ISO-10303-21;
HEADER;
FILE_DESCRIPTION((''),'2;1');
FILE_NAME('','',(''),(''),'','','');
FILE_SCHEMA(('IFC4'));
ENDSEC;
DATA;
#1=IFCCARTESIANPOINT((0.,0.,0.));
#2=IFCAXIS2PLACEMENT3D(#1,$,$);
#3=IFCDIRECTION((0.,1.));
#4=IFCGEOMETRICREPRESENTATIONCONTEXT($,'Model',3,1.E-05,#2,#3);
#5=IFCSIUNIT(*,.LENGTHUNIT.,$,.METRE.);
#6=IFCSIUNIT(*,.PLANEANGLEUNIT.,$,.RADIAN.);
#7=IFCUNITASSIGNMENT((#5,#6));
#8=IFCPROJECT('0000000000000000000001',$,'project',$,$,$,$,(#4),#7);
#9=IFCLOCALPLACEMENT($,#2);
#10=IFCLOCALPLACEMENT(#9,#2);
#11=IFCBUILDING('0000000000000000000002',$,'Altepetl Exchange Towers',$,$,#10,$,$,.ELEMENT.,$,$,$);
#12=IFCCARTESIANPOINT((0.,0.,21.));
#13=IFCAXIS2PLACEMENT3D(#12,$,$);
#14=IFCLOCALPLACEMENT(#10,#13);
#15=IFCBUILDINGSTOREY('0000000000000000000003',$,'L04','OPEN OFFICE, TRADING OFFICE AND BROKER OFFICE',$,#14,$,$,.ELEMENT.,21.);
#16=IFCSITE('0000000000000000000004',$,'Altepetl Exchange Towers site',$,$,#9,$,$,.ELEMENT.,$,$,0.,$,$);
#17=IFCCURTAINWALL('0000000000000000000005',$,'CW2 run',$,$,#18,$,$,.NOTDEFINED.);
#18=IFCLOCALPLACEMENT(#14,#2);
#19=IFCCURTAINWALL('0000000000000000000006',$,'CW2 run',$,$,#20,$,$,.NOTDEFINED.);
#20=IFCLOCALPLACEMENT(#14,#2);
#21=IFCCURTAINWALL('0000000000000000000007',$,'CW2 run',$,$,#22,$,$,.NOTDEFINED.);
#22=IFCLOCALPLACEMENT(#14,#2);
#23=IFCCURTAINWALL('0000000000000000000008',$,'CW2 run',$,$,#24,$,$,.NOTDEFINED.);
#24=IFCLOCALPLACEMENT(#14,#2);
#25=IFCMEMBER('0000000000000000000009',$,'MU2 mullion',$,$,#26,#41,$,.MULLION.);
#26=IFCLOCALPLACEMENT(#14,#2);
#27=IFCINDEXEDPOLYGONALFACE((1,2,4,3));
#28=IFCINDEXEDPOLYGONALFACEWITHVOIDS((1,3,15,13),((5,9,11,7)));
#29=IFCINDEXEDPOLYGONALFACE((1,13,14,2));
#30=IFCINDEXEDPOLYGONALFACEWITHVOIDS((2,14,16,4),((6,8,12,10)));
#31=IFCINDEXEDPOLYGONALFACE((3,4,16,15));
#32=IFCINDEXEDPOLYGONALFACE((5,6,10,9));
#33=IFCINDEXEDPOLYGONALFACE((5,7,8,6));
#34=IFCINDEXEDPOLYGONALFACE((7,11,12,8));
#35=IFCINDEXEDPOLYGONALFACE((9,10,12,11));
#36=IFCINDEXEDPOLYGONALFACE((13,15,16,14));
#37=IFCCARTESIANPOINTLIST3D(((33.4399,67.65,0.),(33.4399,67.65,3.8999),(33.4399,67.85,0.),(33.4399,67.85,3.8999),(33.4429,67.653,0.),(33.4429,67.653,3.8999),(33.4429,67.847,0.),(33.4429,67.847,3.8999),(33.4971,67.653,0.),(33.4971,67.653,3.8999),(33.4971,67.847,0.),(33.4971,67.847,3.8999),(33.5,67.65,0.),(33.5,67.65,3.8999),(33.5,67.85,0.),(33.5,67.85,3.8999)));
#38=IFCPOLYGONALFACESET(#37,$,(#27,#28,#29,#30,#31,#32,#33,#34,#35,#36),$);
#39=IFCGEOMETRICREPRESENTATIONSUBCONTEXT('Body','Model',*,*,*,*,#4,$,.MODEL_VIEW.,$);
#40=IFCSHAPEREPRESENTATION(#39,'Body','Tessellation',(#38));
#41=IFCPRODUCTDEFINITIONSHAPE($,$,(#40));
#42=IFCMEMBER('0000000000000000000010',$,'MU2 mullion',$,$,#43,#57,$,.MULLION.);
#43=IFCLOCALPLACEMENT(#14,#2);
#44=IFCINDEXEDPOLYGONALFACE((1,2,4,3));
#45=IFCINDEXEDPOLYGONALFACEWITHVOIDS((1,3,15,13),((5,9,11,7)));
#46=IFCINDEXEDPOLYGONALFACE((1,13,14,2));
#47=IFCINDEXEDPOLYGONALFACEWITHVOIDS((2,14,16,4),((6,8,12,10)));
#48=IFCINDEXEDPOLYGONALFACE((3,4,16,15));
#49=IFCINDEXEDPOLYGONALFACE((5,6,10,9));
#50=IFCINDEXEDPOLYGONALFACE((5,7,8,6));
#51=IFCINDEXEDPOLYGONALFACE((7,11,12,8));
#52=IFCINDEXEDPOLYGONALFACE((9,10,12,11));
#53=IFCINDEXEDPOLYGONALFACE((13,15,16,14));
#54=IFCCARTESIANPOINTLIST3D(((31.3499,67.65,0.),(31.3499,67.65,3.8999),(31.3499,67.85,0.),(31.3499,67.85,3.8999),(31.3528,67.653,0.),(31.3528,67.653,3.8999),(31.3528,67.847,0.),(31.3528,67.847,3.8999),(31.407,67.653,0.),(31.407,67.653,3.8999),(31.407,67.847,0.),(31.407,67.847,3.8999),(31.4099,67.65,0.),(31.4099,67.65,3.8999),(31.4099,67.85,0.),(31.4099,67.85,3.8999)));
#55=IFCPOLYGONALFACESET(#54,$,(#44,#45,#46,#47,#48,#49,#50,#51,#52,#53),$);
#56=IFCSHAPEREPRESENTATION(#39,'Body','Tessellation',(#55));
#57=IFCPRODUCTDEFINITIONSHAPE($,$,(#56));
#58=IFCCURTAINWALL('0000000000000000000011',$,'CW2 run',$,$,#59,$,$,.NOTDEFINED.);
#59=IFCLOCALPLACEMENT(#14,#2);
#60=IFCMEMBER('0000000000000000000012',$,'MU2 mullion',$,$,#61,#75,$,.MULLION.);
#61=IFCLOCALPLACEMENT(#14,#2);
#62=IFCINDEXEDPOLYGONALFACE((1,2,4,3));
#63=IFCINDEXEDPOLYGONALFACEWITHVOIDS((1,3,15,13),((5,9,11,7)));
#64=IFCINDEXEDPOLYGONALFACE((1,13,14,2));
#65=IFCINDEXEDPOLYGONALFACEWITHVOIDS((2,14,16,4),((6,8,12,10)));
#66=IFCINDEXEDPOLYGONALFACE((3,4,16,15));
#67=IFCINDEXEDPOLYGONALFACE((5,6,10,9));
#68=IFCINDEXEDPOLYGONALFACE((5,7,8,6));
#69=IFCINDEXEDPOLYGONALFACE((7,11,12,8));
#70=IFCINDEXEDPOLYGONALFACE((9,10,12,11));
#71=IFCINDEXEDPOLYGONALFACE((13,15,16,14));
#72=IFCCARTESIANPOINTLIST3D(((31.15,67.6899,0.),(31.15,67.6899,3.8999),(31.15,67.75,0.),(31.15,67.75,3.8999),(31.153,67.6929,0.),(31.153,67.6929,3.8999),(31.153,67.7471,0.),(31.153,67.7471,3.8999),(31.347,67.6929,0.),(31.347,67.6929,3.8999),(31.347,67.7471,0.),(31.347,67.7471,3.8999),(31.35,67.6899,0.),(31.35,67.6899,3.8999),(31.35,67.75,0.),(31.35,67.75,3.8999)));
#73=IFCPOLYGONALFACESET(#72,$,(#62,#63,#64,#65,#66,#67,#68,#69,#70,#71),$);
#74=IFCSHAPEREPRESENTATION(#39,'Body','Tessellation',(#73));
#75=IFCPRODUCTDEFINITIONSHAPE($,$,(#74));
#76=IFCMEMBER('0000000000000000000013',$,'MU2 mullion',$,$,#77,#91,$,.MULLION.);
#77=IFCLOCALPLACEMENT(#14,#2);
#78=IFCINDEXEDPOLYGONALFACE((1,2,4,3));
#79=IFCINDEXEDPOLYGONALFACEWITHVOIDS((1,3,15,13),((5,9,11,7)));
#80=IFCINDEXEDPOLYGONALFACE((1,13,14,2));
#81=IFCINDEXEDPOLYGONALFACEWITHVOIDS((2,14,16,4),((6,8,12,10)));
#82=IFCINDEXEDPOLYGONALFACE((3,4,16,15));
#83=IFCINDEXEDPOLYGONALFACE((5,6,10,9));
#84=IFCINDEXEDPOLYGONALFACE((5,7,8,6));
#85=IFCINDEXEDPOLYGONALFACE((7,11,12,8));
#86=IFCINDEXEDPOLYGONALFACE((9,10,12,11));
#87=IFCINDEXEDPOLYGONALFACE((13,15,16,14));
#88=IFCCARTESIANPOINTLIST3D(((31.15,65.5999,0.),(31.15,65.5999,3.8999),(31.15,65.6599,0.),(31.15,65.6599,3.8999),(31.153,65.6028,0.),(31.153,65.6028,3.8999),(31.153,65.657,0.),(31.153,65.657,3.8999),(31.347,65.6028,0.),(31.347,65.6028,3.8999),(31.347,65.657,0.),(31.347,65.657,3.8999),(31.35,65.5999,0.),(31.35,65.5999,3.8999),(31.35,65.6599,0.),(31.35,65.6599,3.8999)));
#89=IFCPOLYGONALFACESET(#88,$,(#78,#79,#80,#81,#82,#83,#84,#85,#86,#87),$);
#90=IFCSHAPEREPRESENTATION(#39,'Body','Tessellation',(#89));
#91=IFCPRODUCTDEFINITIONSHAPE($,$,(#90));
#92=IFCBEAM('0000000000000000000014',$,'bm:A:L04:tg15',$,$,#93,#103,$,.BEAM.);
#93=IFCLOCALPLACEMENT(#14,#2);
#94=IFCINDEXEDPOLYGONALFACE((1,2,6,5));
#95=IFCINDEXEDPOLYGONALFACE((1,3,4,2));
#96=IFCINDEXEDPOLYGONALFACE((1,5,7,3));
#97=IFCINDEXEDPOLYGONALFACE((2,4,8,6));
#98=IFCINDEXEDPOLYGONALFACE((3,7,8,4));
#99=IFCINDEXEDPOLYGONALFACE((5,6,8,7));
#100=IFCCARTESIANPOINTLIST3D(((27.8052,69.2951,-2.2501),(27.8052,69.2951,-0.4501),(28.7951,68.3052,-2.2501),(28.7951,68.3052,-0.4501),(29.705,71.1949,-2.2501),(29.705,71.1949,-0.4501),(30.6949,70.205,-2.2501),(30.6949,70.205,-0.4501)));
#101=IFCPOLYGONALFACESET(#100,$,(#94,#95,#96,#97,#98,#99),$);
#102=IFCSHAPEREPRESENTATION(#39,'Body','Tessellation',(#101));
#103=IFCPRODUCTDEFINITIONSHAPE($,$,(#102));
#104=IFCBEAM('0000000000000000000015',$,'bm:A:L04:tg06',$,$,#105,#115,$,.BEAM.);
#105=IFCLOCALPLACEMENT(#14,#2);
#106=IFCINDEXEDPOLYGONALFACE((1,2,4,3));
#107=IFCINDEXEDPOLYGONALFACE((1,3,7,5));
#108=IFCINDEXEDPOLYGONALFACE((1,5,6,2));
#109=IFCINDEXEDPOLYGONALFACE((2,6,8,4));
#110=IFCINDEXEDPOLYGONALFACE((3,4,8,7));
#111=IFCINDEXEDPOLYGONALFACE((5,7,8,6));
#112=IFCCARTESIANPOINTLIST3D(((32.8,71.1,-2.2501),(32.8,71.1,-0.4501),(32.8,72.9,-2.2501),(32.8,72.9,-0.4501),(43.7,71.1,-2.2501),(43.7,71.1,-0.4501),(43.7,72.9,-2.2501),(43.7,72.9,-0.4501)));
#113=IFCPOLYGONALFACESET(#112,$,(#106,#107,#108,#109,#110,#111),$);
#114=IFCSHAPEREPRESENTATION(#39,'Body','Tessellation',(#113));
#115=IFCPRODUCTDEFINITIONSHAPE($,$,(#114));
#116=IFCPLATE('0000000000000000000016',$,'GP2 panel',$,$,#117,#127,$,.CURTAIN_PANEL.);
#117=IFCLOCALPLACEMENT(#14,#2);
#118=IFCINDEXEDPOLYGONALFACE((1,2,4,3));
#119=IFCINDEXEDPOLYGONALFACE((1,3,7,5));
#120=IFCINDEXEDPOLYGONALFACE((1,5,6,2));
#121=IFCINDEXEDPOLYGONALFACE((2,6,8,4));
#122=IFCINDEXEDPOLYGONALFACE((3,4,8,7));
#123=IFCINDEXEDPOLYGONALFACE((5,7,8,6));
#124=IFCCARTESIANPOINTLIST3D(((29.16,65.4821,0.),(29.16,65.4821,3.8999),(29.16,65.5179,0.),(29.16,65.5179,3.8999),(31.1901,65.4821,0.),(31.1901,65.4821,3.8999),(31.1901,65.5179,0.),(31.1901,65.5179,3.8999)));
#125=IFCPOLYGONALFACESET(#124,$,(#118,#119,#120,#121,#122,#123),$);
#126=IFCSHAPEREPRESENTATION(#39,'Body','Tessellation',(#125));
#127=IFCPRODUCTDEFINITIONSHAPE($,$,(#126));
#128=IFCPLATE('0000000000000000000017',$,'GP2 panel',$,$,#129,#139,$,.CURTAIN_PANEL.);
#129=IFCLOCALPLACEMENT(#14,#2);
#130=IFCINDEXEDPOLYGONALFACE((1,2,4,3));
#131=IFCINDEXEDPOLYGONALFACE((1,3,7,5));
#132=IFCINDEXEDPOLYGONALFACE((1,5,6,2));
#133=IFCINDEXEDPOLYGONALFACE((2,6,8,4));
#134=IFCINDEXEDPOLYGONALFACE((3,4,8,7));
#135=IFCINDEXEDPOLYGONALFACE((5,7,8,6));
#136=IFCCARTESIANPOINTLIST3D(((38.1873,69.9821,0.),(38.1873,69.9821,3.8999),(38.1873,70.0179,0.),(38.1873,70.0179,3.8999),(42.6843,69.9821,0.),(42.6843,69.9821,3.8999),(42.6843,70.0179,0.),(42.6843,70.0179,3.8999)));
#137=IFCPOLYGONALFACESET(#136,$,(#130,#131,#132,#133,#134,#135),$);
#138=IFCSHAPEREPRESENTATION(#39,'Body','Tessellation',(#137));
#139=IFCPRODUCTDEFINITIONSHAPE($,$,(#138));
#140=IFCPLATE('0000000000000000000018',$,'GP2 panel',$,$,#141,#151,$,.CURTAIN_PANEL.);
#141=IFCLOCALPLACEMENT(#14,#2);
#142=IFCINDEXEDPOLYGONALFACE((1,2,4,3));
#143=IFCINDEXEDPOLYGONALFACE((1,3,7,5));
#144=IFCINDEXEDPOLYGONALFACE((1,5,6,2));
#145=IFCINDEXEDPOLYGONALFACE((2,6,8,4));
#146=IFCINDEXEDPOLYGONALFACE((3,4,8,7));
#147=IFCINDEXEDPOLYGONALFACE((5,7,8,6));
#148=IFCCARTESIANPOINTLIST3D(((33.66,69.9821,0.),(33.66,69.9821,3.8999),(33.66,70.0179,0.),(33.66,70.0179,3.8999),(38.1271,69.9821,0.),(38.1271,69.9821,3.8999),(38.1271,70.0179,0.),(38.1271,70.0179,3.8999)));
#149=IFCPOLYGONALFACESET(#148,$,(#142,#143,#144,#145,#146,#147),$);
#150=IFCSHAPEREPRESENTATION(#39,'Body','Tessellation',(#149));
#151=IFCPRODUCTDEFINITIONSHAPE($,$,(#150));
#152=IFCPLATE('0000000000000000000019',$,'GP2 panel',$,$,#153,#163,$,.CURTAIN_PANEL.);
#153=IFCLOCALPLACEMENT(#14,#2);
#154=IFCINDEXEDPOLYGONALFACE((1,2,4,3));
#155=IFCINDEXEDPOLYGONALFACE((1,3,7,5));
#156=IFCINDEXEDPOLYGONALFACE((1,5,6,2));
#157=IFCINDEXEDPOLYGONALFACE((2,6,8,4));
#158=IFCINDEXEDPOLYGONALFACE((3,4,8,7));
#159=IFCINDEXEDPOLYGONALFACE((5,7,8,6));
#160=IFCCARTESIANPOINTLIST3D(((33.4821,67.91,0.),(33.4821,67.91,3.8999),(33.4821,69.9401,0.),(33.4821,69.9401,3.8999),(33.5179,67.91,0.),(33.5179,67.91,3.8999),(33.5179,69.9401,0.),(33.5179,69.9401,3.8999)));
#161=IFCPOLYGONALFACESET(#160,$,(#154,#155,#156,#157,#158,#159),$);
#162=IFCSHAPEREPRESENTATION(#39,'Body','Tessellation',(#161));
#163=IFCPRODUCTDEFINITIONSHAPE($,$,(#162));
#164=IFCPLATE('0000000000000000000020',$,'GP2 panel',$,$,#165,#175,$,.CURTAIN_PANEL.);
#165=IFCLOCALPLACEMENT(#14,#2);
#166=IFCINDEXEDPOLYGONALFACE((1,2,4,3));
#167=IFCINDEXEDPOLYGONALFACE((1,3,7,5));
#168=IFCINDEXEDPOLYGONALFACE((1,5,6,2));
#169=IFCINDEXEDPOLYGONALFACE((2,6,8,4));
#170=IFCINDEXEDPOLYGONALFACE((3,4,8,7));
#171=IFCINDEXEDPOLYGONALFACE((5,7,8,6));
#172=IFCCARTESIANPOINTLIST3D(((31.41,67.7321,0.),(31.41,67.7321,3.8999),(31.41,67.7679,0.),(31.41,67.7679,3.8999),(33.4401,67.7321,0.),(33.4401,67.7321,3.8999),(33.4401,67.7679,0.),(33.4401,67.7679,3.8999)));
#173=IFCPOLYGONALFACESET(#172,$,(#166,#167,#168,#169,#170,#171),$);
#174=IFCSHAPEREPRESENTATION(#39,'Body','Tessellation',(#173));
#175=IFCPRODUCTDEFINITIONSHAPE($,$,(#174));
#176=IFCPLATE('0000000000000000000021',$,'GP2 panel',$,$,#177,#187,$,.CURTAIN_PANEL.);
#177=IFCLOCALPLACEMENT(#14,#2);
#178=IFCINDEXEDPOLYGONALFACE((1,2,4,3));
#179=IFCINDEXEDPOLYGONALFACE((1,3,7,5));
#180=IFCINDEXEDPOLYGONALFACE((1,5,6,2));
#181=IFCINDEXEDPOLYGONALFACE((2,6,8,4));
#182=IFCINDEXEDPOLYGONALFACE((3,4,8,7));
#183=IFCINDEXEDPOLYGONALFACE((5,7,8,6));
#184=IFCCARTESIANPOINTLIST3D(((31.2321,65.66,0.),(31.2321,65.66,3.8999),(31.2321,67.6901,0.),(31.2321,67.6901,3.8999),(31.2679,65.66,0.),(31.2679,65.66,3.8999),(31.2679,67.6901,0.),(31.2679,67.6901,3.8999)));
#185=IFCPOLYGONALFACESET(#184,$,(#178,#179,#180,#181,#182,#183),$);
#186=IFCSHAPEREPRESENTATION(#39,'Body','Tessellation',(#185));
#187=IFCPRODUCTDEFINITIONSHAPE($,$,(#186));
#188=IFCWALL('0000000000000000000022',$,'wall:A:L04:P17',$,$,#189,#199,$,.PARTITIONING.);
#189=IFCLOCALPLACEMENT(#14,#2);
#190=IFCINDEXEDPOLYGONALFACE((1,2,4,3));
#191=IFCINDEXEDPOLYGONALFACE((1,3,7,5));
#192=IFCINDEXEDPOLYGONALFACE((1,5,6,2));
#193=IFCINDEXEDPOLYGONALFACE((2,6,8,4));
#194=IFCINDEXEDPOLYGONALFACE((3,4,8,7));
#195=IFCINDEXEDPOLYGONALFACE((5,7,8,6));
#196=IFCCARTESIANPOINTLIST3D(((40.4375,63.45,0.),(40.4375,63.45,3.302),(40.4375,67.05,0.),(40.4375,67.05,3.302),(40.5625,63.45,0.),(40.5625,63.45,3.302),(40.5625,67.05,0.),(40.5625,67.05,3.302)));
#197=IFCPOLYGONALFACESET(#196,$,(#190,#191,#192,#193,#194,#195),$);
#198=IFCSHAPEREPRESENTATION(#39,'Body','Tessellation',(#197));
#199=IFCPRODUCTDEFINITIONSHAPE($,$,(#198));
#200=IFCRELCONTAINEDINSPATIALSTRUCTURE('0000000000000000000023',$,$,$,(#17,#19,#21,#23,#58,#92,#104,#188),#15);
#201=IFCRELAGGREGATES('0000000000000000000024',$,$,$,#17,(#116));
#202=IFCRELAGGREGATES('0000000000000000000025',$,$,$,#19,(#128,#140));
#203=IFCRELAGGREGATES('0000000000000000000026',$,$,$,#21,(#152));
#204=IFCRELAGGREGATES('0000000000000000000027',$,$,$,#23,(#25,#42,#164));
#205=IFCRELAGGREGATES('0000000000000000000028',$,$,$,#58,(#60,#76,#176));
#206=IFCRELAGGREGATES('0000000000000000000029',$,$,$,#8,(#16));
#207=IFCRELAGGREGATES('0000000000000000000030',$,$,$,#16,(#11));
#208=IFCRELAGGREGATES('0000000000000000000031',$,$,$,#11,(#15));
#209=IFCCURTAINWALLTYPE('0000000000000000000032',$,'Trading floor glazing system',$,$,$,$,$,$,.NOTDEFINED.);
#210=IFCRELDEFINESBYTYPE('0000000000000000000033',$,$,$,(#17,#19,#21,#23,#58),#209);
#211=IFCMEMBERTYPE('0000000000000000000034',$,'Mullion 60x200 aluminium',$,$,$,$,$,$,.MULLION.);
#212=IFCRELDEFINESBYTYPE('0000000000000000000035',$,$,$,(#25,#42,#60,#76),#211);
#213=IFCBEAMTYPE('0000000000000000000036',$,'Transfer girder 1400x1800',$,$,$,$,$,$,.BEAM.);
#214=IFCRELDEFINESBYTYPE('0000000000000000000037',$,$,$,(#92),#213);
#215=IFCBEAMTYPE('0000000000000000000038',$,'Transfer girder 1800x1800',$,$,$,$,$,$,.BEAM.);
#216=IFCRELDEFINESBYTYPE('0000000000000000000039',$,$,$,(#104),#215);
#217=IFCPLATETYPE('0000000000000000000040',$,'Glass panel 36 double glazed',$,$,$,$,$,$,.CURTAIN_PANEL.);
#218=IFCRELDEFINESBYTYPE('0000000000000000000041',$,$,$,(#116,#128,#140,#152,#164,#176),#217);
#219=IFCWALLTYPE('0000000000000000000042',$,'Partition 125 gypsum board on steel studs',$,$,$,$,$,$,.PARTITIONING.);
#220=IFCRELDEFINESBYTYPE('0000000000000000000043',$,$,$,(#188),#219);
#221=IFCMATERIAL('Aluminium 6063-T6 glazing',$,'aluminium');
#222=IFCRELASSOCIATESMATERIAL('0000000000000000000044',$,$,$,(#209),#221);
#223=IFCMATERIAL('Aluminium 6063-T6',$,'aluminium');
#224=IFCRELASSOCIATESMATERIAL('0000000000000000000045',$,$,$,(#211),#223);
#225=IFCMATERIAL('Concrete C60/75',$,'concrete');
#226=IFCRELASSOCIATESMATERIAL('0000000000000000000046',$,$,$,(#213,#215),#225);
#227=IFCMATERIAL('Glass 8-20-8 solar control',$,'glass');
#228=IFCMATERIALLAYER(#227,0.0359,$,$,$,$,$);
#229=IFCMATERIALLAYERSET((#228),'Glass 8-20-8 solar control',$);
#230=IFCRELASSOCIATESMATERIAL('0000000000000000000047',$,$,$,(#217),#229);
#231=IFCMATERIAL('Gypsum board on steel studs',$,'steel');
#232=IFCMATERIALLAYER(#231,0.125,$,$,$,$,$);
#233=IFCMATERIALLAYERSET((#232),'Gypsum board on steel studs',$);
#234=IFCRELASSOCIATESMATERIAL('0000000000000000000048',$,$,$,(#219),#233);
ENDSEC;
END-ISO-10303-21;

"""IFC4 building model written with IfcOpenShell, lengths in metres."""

from ifc_helpers import new_model, si_unit, direction, frame, frame_2d, origin, origin_2d, place, context, subcontext, project, spatial, rectangle, hollow_rectangle, extrude, material, layer, layer_set, material_profile, profile_set, type_object, element, aggregate, save


model = new_model("IFC4")

# Units and contexts
model_context = context("Model", 3, precision=1e-05, world=origin(), true_north=direction((0.0, 1.0)))
body_context = subcontext(model_context, "Body", "Model", "MODEL_VIEW")
ifc_project = project(units=[si_unit("LENGTHUNIT", "METRE"), si_unit("PLANEANGLEUNIT", "RADIAN")], contexts=[model_context])

# Site, building, storey
site_placement = place(None, origin())
site = spatial("IfcSite", under=ifc_project, at=site_placement, Name="Altepetl Exchange Towers site", CompositionType="ELEMENT", RefElevation=0.0)
building_placement = place(site_placement, origin())
building = spatial("IfcBuilding", under=site, at=building_placement, Name="Altepetl Exchange Towers", CompositionType="ELEMENT")
storey_placement = place(building_placement, frame((0.0, 0.0, 21.0)))
storey = spatial("IfcBuildingStorey", under=building, at=storey_placement, Name="L04", Description="OPEN OFFICE, TRADING OFFICE AND BROKER OFFICE", CompositionType="ELEMENT", Elevation=21.0)

# Curtain wall
ifc_material_1 = material(Name="Aluminium 6063-T6 glazing", Category="aluminium")
curtain_wall_type = type_object("IfcCurtainWallType", Name="Trading floor glazing system", PredefinedType="NOTDEFINED", material=ifc_material_1)
curtain_wall_1_placement = place(storey_placement, origin())
curtain_wall_1 = element("IfcCurtainWall", 1, at=curtain_wall_1_placement, inside=storey, type_object=curtain_wall_type, Name="CW2 run", PredefinedType="NOTDEFINED")
ifc_material_2 = material(Name="Aluminium 6063-T6", Category="aluminium")
ifc_material_profile_1 = material_profile(ifc_material_2, hollow_rectangle(XDim=0.0601, YDim=0.2, WallThickness=0.0029, at=origin_2d()), Name="Mullion 60x200 aluminium")
ifc_profile_set_1 = profile_set([ifc_material_profile_1], Name="Aluminium 6063-T6")
member_type = type_object("IfcMemberType", Name="Mullion 60x200 aluminium", PredefinedType="MULLION", material=ifc_profile_set_1)

# Curtain walls, members
curtain_wall_2_placement = place(storey_placement, origin())
curtain_wall_2 = element("IfcCurtainWall", 2, at=curtain_wall_2_placement, inside=storey, type_object=curtain_wall_type, Name="CW2 run", PredefinedType="NOTDEFINED")
curtain_wall_3_placement = place(storey_placement, origin())
curtain_wall_3 = element("IfcCurtainWall", 3, at=curtain_wall_3_placement, inside=storey, type_object=curtain_wall_type, Name="CW2 run", PredefinedType="NOTDEFINED")
curtain_wall_4_placement = place(storey_placement, origin())
curtain_wall_4 = element("IfcCurtainWall", 4, at=curtain_wall_4_placement, inside=storey, type_object=curtain_wall_type, Name="CW2 run", PredefinedType="NOTDEFINED")
member_1_placement = place(storey_placement, frame((33.47, 67.75, 0.0), z_axis=(0.0, 0.0, 1.0), x_axis=(-1.0, 0.0, 0.0)))
member_1 = element("IfcMember", 5, at=member_1_placement, type_object=member_type, Name="MU2 mullion", PredefinedType="MULLION", context=body_context, shape_type="SweptSolid", body=[
    extrude(hollow_rectangle(XDim=0.0601, YDim=0.2, WallThickness=0.0029, at=origin_2d()), origin(), (0.0, 0.0, 1.0), 3.8999),
])
member_2_placement = place(storey_placement, frame((31.3799, 67.75, 0.0), z_axis=(0.0, 0.0, 1.0), x_axis=(-1.0, 0.0, 0.0)))
member_2 = element("IfcMember", 6, at=member_2_placement, type_object=member_type, Name="MU2 mullion", PredefinedType="MULLION", context=body_context, shape_type="SweptSolid", body=[
    extrude(hollow_rectangle(XDim=0.0601, YDim=0.2, WallThickness=0.0029, at=origin_2d()), origin(), (0.0, 0.0, 1.0), 3.8999),
])
curtain_wall_5_placement = place(storey_placement, origin())
curtain_wall_5 = element("IfcCurtainWall", 7, at=curtain_wall_5_placement, inside=storey, type_object=curtain_wall_type, Name="CW2 run", PredefinedType="NOTDEFINED")
member_3_placement = place(storey_placement, frame((31.25, 67.72, 0.0), z_axis=(0.0, 0.0, 1.0), x_axis=(0.0, -1.0, 0.0)))
member_3 = element("IfcMember", 8, at=member_3_placement, type_object=member_type, Name="MU2 mullion", PredefinedType="MULLION", context=body_context, shape_type="SweptSolid", body=[
    extrude(hollow_rectangle(XDim=0.0601, YDim=0.2, WallThickness=0.0029, at=origin_2d()), origin(), (0.0, 0.0, 1.0), 3.8999),
])
member_4_placement = place(storey_placement, frame((31.25, 65.6299, 0.0), z_axis=(0.0, 0.0, 1.0), x_axis=(0.0, -1.0, 0.0)))
member_4 = element("IfcMember", 9, at=member_4_placement, type_object=member_type, Name="MU2 mullion", PredefinedType="MULLION", context=body_context, shape_type="SweptSolid", body=[
    extrude(hollow_rectangle(XDim=0.0601, YDim=0.2, WallThickness=0.0029, at=origin_2d()), origin(), (0.0, 0.0, 1.0), 3.8999),
])

# Beams
ifc_material_3 = material(Name="Concrete C60/75", Category="concrete")
ifc_material_profile_2 = material_profile(ifc_material_3, rectangle(XDim=1.3999, YDim=1.8, at=origin_2d()), Name="1400 x 1800")
ifc_profile_set_2 = profile_set([ifc_material_profile_2], Name="Concrete C60/75")
beam_type_1 = type_object("IfcBeamType", Name="Transfer girder 1400x1800", PredefinedType="BEAM", material=ifc_profile_set_2)
beam_1_placement = place(storey_placement, frame((30.2, 70.7, -1.3501), z_axis=(-0.707107, -0.707107, 0.0), x_axis=(0.707107, -0.707107, 0.0)))
element("IfcBeam", 10, at=beam_1_placement, inside=storey, type_object=beam_type_1, Name="bm:A:L04:tg15", PredefinedType="BEAM", context=body_context, shape_type="SweptSolid", body=[
    extrude(rectangle(XDim=1.3999, YDim=1.8, at=origin_2d()), origin(), (0.0, 0.0, 1.0), 2.6868),
])
ifc_material_profile_3 = material_profile(ifc_material_3, rectangle(XDim=1.8, YDim=1.8, at=origin_2d()), Name="1800 x 1800")
ifc_profile_set_3 = profile_set([ifc_material_profile_3], Name="Concrete C60/75")
beam_type_2 = type_object("IfcBeamType", Name="Transfer girder 1800x1800", PredefinedType="BEAM", material=ifc_profile_set_3)
beam_2_placement = place(storey_placement, frame((32.8, 72.0, -1.3501), z_axis=(1.0, 0.0, 0.0), x_axis=(0.0, 1.0, 0.0)))
element("IfcBeam", 11, at=beam_2_placement, inside=storey, type_object=beam_type_2, Name="bm:A:L04:tg06", PredefinedType="BEAM", context=body_context, shape_type="SweptSolid", body=[
    extrude(rectangle(XDim=1.8, YDim=1.8, at=origin_2d()), origin(), (0.0, 0.0, 1.0), 10.8999),
])

# Plates
ifc_material_4 = material(Name="Glass 8-20-8 solar control", Category="glass")
ifc_layer_1 = layer(ifc_material_4, 0.0359)
ifc_layer_set_1 = layer_set([ifc_layer_1], Name="Glass 8-20-8 solar control")
plate_type = type_object("IfcPlateType", Name="Glass panel 36 double glazed", PredefinedType="CURTAIN_PANEL", material=ifc_layer_set_1)
plate_1_placement = place(storey_placement, frame((30.175, 65.5, 0.0), z_axis=(0.0, 0.0, 1.0), x_axis=(-1.0, 0.0, 0.0)))
plate_1 = element("IfcPlate", 12, at=plate_1_placement, type_object=plate_type, Name="GP2 panel", PredefinedType="CURTAIN_PANEL", context=body_context, shape_type="SweptSolid", body=[
    extrude(rectangle(XDim=2.03, YDim=0.0359, at=origin_2d()), origin(), (0.0, 0.0, 1.0), 3.8999),
])
aggregate(curtain_wall_1, [plate_1])
plate_2_placement = place(storey_placement, frame((40.4358, 70.0, 0.0), z_axis=(0.0, 0.0, 1.0), x_axis=(-1.0, 0.0, 0.0)))
plate_2 = element("IfcPlate", 13, at=plate_2_placement, type_object=plate_type, Name="GP2 panel", PredefinedType="CURTAIN_PANEL", context=body_context, shape_type="SweptSolid", body=[
    extrude(rectangle(XDim=4.4971, YDim=0.0359, at=origin_2d()), origin(), (0.0, 0.0, 1.0), 3.8999),
])
plate_3_placement = place(storey_placement, frame((35.8936, 70.0, 0.0), z_axis=(0.0, 0.0, 1.0), x_axis=(-1.0, 0.0, 0.0)))
plate_3 = element("IfcPlate", 14, at=plate_3_placement, type_object=plate_type, Name="GP2 panel", PredefinedType="CURTAIN_PANEL", context=body_context, shape_type="SweptSolid", body=[
    extrude(rectangle(XDim=4.467, YDim=0.0359, at=origin_2d()), origin(), (0.0, 0.0, 1.0), 3.8999),
])
aggregate(curtain_wall_2, [plate_2, plate_3])
plate_4_placement = place(storey_placement, frame((33.5, 68.925, 0.0), z_axis=(0.0, 0.0, 1.0), x_axis=(0.0, -1.0, 0.0)))
plate_4 = element("IfcPlate", 15, at=plate_4_placement, type_object=plate_type, Name="GP2 panel", PredefinedType="CURTAIN_PANEL", context=body_context, shape_type="SweptSolid", body=[
    extrude(rectangle(XDim=2.03, YDim=0.0359, at=origin_2d()), origin(), (0.0, 0.0, 1.0), 3.8999),
])
aggregate(curtain_wall_3, [plate_4])
plate_5_placement = place(storey_placement, frame((32.425, 67.75, 0.0), z_axis=(0.0, 0.0, 1.0), x_axis=(-1.0, 0.0, 0.0)))
plate_5 = element("IfcPlate", 16, at=plate_5_placement, type_object=plate_type, Name="GP2 panel", PredefinedType="CURTAIN_PANEL", context=body_context, shape_type="SweptSolid", body=[
    extrude(rectangle(XDim=2.03, YDim=0.0359, at=origin_2d()), origin(), (0.0, 0.0, 1.0), 3.8999),
])
aggregate(curtain_wall_4, [member_1, member_2, plate_5])
plate_6_placement = place(storey_placement, frame((31.25, 66.675, 0.0), z_axis=(0.0, 0.0, 1.0), x_axis=(0.0, -1.0, 0.0)))
plate_6 = element("IfcPlate", 17, at=plate_6_placement, type_object=plate_type, Name="GP2 panel", PredefinedType="CURTAIN_PANEL", context=body_context, shape_type="SweptSolid", body=[
    extrude(rectangle(XDim=2.03, YDim=0.0359, at=origin_2d()), origin(), (0.0, 0.0, 1.0), 3.8999),
])
aggregate(curtain_wall_5, [member_3, member_4, plate_6])

# Wall
ifc_material_5 = material(Name="Gypsum board on steel studs", Category="steel")
ifc_layer_2 = layer(ifc_material_5, 0.125)
ifc_layer_set_2 = layer_set([ifc_layer_2], Name="Gypsum board on steel studs")
wall_type = type_object("IfcWallType", Name="Partition 125 gypsum board on steel studs", PredefinedType="PARTITIONING", material=ifc_layer_set_2)
wall_1_placement = place(storey_placement, frame((40.5, 63.45, 0.0), z_axis=(0.0, 0.0, 1.0), x_axis=(0.0, 1.0, 0.0)))
element("IfcWall", 18, at=wall_1_placement, inside=storey, type_object=wall_type, Name="wall:A:L04:P17", PredefinedType="PARTITIONING", context=body_context, shape_type="SweptSolid", body=[
    extrude(rectangle(XDim=3.6001, YDim=0.125, at=frame_2d((1.8, 0.0))), origin(), (0.0, 0.0, 1.0), 3.302),
])

save(model, "model.ifc")
